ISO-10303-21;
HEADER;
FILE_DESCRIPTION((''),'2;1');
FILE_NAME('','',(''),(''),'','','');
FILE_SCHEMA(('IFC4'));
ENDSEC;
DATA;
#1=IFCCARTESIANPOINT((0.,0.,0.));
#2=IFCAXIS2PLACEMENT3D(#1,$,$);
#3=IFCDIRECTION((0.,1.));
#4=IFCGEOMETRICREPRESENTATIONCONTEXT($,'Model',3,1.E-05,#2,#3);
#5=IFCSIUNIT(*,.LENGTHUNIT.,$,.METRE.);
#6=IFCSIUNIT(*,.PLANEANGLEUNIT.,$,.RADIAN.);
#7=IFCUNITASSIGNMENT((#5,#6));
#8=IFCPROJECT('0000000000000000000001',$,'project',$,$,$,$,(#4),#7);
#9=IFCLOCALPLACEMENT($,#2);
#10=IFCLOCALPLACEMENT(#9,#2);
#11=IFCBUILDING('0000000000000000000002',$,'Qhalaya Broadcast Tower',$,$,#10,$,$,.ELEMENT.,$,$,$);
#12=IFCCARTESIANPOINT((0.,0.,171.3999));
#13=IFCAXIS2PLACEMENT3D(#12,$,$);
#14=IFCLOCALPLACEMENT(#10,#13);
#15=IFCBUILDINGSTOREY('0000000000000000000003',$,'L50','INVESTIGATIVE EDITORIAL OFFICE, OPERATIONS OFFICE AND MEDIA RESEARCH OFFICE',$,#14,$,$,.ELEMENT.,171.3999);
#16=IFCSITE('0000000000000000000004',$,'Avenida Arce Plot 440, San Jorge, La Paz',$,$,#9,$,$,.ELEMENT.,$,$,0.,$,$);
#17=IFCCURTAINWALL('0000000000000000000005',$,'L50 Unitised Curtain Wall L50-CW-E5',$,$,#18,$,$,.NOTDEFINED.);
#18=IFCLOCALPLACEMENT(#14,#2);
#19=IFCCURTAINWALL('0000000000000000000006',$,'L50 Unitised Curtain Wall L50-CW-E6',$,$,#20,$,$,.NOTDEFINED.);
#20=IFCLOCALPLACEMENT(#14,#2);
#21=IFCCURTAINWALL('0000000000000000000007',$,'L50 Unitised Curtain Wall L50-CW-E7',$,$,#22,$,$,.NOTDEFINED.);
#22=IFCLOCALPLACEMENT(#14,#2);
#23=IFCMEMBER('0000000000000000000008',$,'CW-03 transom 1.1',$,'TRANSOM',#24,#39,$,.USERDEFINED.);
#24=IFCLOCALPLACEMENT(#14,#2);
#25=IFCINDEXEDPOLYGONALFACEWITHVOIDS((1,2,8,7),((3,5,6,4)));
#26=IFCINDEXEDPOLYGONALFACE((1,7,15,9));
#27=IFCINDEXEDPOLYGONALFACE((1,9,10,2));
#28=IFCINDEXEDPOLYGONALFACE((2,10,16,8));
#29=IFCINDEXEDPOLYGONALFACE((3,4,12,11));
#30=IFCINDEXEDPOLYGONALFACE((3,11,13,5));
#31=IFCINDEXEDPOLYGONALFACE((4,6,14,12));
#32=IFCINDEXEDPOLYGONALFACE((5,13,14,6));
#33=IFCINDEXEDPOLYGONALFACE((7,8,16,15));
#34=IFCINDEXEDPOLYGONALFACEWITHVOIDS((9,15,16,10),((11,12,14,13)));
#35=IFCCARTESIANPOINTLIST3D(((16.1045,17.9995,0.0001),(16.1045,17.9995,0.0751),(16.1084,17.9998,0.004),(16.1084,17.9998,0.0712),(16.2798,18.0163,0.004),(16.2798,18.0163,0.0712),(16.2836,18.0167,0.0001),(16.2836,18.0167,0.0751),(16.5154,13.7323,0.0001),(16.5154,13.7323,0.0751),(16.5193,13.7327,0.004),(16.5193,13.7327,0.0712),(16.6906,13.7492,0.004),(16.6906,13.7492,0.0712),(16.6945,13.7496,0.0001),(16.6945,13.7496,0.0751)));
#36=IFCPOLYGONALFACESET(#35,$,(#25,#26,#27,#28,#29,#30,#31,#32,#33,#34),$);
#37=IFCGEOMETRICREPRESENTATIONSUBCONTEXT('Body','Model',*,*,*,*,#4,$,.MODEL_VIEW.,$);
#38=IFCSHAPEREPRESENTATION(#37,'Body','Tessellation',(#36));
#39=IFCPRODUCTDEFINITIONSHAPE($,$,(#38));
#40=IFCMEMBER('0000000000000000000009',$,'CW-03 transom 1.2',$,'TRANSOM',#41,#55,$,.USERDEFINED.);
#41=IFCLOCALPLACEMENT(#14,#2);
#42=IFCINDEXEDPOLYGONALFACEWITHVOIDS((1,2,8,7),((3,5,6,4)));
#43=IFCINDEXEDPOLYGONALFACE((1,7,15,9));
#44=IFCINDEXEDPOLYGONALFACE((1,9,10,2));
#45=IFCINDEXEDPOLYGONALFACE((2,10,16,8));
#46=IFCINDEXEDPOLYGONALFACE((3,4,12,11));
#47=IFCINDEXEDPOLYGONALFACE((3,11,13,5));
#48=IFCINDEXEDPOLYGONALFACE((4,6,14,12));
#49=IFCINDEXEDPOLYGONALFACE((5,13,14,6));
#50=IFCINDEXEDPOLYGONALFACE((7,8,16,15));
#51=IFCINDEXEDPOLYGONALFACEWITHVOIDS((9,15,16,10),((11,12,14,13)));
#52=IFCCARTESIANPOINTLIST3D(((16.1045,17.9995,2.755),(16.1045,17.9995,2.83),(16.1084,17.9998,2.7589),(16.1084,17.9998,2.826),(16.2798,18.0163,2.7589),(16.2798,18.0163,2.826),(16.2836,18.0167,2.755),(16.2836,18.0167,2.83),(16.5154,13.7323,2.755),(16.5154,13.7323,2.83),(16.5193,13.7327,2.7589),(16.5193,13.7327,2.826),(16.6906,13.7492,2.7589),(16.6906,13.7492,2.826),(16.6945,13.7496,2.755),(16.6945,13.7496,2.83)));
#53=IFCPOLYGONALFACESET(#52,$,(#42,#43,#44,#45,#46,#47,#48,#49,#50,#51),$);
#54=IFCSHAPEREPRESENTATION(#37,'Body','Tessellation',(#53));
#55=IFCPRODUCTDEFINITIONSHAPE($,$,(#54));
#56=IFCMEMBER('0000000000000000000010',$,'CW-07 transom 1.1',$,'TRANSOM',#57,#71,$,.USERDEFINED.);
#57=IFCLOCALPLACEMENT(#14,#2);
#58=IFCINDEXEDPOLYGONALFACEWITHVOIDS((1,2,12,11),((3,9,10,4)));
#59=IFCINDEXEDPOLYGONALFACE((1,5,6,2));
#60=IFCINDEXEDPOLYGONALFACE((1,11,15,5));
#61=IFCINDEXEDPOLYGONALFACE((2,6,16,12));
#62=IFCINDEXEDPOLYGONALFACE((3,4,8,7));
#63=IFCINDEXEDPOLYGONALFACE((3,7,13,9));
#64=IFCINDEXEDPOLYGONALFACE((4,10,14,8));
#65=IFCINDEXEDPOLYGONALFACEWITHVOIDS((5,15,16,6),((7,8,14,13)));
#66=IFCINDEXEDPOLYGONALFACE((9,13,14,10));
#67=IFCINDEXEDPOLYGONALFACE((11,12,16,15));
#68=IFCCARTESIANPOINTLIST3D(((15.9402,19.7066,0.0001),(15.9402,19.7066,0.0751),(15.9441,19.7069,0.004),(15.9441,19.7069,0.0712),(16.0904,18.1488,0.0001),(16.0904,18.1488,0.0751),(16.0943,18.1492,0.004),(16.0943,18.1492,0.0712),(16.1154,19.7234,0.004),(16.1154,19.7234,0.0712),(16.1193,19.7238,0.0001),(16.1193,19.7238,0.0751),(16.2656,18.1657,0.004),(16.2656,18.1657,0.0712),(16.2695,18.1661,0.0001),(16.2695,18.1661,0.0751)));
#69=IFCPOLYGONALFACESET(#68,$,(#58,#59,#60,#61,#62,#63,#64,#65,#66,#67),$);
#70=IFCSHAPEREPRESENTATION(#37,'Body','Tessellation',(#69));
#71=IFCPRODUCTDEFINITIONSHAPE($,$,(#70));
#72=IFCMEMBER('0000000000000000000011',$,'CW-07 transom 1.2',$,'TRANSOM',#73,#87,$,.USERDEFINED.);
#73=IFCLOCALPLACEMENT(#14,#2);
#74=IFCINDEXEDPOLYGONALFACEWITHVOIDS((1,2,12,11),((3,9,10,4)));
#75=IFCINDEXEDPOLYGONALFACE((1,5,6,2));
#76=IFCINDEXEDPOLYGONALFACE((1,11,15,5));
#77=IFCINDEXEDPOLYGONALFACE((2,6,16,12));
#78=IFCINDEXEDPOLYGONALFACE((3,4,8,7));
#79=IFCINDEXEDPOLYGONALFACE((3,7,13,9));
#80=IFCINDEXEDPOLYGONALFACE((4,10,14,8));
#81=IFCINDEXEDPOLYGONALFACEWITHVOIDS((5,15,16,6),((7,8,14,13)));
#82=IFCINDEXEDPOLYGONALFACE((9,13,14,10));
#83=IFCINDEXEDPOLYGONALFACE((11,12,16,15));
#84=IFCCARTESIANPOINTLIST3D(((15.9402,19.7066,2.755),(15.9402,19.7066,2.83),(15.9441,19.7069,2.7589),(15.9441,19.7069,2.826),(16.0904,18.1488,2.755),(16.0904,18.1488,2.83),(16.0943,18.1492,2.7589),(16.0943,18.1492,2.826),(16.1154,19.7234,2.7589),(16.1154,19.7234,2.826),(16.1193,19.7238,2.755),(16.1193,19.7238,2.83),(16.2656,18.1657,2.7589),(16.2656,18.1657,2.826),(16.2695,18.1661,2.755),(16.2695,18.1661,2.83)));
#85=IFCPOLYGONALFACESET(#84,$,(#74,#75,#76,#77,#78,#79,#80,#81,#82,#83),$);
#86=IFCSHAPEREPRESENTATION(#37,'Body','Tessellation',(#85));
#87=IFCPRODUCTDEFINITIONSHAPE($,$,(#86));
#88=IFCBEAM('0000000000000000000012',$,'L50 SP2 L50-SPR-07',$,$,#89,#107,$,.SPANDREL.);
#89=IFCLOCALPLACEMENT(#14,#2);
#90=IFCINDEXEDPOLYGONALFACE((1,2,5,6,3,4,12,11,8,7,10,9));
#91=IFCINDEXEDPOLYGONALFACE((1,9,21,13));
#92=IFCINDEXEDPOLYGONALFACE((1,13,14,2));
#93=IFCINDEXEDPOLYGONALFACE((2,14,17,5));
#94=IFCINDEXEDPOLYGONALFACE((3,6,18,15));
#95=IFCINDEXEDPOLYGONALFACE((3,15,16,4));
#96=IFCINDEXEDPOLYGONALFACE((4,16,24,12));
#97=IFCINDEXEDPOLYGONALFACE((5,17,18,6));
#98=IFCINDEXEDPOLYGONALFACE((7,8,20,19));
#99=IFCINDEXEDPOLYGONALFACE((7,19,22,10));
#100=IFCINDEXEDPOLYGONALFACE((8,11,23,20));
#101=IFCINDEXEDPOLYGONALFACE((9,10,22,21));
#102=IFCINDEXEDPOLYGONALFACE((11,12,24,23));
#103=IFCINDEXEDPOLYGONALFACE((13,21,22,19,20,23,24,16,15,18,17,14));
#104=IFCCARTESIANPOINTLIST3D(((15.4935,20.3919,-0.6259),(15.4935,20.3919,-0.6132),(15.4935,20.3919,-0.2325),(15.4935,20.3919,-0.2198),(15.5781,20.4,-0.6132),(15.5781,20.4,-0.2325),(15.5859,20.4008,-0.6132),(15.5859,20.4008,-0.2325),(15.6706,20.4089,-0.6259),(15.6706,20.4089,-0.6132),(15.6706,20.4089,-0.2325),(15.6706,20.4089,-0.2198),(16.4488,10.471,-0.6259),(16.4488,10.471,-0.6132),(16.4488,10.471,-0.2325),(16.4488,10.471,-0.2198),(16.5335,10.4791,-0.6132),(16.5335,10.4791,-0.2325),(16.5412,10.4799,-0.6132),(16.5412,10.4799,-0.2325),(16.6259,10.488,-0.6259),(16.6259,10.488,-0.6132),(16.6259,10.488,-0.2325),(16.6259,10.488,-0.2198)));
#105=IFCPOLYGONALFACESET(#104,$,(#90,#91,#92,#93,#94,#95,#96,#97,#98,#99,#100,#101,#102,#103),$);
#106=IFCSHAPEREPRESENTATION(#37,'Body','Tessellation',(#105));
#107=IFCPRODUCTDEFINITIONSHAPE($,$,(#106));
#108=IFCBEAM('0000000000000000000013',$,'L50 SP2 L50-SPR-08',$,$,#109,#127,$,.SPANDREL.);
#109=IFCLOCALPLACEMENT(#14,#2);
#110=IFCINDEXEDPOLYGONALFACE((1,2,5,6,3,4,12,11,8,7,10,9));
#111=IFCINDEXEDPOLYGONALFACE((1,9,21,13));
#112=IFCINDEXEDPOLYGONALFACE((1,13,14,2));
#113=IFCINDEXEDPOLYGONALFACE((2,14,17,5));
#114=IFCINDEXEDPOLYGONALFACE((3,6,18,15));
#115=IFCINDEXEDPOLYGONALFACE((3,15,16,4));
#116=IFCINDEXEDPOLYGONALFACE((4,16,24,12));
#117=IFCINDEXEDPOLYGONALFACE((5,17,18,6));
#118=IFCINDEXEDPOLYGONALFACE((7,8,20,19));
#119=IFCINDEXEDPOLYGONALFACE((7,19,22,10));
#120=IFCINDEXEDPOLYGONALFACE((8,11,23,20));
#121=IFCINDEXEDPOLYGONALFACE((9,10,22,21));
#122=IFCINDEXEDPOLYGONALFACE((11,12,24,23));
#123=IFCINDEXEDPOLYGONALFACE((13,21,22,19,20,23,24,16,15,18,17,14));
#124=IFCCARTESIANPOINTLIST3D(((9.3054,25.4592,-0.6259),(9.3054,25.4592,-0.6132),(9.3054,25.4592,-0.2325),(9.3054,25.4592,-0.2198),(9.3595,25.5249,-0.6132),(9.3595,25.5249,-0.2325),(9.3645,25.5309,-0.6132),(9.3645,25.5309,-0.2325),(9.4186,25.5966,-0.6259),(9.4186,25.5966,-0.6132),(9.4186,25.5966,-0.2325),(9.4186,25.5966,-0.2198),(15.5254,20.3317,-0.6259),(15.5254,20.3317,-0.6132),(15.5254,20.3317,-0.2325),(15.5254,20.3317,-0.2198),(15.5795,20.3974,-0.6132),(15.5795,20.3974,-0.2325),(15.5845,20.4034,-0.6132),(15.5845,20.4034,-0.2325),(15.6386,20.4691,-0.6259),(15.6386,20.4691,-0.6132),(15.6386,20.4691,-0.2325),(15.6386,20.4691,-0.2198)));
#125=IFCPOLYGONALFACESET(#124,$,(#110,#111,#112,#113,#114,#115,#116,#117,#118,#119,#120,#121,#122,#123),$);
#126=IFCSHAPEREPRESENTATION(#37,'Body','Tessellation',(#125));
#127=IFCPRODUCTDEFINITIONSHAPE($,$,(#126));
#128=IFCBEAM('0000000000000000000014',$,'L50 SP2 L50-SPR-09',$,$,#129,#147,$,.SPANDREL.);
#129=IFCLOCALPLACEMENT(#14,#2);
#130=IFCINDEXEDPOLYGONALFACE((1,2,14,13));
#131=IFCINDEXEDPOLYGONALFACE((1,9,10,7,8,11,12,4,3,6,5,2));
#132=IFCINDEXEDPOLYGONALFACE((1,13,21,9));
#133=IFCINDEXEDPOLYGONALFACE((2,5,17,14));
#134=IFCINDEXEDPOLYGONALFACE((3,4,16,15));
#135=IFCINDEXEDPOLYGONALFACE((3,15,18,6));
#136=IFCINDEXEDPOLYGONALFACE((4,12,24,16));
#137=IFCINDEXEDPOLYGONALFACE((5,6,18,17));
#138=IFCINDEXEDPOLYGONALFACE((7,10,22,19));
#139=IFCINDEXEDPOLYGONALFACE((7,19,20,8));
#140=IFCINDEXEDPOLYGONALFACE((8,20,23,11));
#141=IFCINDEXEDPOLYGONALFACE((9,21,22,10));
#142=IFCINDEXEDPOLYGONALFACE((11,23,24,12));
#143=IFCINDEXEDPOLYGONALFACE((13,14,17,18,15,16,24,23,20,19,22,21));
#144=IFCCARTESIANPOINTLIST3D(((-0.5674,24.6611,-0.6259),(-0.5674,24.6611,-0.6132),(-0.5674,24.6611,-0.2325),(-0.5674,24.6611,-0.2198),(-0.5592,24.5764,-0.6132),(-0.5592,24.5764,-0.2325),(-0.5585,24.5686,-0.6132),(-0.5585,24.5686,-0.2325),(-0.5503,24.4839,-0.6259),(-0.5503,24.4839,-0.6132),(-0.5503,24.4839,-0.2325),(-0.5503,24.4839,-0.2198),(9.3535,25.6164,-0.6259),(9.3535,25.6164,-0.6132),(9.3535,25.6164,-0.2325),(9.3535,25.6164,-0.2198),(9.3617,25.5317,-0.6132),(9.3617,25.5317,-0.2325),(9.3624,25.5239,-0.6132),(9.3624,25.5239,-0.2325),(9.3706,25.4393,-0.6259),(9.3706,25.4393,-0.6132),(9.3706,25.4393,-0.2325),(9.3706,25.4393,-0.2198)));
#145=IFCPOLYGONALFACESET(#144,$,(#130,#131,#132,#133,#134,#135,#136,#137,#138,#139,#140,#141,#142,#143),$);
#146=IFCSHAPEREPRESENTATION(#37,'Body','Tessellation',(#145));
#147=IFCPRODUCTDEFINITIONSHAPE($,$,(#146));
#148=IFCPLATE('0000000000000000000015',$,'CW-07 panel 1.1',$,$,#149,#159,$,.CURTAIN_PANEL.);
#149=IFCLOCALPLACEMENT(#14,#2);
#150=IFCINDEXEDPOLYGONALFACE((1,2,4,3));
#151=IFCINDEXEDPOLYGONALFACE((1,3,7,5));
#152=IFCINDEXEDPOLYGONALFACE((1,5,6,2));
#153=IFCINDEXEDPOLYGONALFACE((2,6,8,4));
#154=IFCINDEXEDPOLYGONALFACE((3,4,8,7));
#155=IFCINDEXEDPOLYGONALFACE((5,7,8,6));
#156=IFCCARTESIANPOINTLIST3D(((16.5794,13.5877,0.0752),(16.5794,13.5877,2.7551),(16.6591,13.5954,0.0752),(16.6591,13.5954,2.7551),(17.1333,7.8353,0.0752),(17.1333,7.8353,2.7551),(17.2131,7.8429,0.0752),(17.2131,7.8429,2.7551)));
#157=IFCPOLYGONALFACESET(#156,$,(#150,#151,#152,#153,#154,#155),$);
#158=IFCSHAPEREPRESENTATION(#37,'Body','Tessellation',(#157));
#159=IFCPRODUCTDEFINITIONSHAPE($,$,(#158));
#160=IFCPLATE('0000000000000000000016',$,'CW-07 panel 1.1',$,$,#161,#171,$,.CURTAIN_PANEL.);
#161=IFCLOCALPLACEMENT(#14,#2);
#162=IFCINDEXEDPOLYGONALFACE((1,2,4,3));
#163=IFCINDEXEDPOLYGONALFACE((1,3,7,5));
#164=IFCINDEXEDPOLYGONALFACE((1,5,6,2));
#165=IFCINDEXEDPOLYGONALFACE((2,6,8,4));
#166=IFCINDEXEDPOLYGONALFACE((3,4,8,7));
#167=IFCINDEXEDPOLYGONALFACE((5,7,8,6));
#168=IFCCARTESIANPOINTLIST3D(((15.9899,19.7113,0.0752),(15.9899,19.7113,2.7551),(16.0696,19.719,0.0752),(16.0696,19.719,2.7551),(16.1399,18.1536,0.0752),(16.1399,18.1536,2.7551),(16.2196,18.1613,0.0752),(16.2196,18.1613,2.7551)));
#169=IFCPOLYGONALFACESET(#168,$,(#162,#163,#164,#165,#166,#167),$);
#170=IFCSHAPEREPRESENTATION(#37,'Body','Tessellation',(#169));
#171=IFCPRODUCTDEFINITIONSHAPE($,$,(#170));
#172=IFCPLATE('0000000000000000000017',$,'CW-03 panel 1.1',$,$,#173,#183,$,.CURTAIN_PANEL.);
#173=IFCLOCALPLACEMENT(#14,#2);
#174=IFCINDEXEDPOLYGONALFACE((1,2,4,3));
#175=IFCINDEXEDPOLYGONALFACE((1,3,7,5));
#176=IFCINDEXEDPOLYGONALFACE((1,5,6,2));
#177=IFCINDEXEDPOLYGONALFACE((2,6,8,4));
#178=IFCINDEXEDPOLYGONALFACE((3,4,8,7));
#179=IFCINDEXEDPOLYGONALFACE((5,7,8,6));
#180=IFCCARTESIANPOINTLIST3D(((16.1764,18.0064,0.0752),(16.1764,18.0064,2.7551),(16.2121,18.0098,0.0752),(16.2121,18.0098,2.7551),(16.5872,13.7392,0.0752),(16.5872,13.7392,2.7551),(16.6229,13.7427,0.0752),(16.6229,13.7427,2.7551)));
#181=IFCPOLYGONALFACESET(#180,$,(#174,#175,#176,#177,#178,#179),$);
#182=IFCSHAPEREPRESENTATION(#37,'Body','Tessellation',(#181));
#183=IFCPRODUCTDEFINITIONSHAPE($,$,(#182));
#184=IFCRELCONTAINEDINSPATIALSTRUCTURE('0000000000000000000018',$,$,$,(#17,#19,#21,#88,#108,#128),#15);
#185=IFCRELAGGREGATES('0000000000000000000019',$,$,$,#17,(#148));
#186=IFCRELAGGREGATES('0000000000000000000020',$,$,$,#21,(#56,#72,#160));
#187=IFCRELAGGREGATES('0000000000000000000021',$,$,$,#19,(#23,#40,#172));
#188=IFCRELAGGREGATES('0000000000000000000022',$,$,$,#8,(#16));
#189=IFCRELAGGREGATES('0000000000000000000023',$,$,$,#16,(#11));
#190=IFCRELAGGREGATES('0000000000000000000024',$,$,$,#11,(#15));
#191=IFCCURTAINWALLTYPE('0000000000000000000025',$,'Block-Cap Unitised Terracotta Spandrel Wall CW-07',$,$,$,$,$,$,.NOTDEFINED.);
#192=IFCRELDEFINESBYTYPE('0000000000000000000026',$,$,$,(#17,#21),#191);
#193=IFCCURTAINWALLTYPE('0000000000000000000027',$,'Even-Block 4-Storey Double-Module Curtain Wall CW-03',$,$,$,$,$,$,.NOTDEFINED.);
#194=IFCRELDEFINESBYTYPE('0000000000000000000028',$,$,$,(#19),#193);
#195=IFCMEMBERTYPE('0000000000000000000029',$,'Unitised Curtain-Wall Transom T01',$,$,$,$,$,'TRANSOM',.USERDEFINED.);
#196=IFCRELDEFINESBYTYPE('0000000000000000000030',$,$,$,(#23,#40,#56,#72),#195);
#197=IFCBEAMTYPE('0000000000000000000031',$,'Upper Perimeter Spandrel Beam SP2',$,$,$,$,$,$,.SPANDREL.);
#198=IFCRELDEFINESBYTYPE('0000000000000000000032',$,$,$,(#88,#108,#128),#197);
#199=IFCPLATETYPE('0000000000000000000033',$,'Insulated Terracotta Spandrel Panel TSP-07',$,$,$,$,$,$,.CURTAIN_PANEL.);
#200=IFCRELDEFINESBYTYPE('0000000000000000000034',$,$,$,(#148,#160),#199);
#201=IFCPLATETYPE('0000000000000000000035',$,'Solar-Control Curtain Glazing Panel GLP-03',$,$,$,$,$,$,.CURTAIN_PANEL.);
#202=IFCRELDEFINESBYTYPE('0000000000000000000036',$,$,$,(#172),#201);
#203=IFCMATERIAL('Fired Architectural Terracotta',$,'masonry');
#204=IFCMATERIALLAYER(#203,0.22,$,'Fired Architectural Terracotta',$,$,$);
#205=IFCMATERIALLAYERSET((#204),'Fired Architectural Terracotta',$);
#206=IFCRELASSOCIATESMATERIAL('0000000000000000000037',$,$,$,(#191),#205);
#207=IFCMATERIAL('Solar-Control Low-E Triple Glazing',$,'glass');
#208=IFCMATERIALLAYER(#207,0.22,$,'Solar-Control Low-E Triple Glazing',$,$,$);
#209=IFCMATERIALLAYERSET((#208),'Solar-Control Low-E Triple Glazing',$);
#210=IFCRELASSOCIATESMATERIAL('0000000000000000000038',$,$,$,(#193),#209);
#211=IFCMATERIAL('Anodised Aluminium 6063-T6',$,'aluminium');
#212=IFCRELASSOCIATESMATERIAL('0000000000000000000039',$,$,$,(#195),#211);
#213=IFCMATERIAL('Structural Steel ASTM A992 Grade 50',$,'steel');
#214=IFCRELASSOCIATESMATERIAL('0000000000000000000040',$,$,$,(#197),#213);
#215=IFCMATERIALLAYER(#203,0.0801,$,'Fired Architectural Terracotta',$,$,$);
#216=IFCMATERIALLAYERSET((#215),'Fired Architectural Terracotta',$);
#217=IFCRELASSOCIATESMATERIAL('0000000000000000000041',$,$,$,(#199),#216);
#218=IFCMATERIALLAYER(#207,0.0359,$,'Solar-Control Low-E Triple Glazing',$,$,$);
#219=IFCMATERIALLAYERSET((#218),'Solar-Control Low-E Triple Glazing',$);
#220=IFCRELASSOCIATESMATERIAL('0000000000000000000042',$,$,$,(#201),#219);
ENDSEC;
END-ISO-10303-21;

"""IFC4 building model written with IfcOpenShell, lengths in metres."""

from ifc_helpers import new_model, si_unit, direction, frame, origin, origin_2d, place, context, subcontext, project, spatial, rectangle, hollow_rectangle, i_section, extrude, material, layer, layer_set, material_profile, profile_set, type_object, element, aggregate, save


model = new_model("IFC4")

# Units and contexts
model_context = context("Model", 3, precision=1e-05, world=origin(), true_north=direction((0.0, 1.0)))
body_context = subcontext(model_context, "Body", "Model", "MODEL_VIEW")
ifc_project = project(units=[si_unit("LENGTHUNIT", "METRE"), si_unit("PLANEANGLEUNIT", "RADIAN")], contexts=[model_context])

# Site, building, storey
site_placement = place(None, origin())
site = spatial("IfcSite", under=ifc_project, at=site_placement, Name="Avenida Arce Plot 440, San Jorge, La Paz", CompositionType="ELEMENT", RefElevation=0.0)
building_placement = place(site_placement, origin())
building = spatial("IfcBuilding", under=site, at=building_placement, Name="Qhalaya Broadcast Tower", CompositionType="ELEMENT")
storey_placement = place(building_placement, frame((0.0, 0.0, 171.3999)))
storey = spatial("IfcBuildingStorey", under=building, at=storey_placement, Name="L50", Description="INVESTIGATIVE EDITORIAL OFFICE, OPERATIONS OFFICE AND MEDIA RESEARCH OFFICE", CompositionType="ELEMENT", Elevation=171.3999)

# Shared definitions
ifc_material_1 = material(Name="Structural Steel ASTM A992 Grade 50", Category="steel")

# Curtain wall
ifc_material_2 = material(Name="Fired Architectural Terracotta", Category="masonry")
ifc_layer_1 = layer(ifc_material_2, 0.22, Name="Fired Architectural Terracotta")
ifc_layer_set_1 = layer_set([ifc_layer_1], Name="Fired Architectural Terracotta")
curtain_wall_type_1 = type_object("IfcCurtainWallType", Name="Block-Cap Unitised Terracotta Spandrel Wall CW-07", PredefinedType="NOTDEFINED", material=ifc_layer_set_1)
curtain_wall_1_placement = place(storey_placement, origin())
curtain_wall_1 = element("IfcCurtainWall", 1, at=curtain_wall_1_placement, inside=storey, type_object=curtain_wall_type_1, Name="L50 Unitised Curtain Wall L50-CW-E5", PredefinedType="NOTDEFINED")
ifc_material_3 = material(Name="Anodised Aluminium 6063-T6", Category="aluminium")

# Curtain walls
ifc_material_4 = material(Name="Solar-Control Low-E Triple Glazing", Category="glass")
ifc_layer_2 = layer(ifc_material_4, 0.22, Name="Solar-Control Low-E Triple Glazing")
ifc_layer_set_2 = layer_set([ifc_layer_2], Name="Solar-Control Low-E Triple Glazing")
curtain_wall_type_2 = type_object("IfcCurtainWallType", Name="Even-Block 4-Storey Double-Module Curtain Wall CW-03", PredefinedType="NOTDEFINED", material=ifc_layer_set_2)
curtain_wall_2_placement = place(storey_placement, origin())
curtain_wall_2 = element("IfcCurtainWall", 2, at=curtain_wall_2_placement, inside=storey, type_object=curtain_wall_type_2, Name="L50 Unitised Curtain Wall L50-CW-E6", PredefinedType="NOTDEFINED")
curtain_wall_3_placement = place(storey_placement, origin())
curtain_wall_3 = element("IfcCurtainWall", 3, at=curtain_wall_3_placement, inside=storey, type_object=curtain_wall_type_1, Name="L50 Unitised Curtain Wall L50-CW-E7", PredefinedType="NOTDEFINED")

# Members
ifc_material_profile_1 = material_profile(ifc_material_3, hollow_rectangle(XDim=0.075, YDim=0.1799, WallThickness=0.0039, at=origin_2d()), Name="ALU-TRN 75x180x4")
ifc_profile_set_1 = profile_set([ifc_material_profile_1], Name="Anodised Aluminium 6063-T6")
member_type_1 = type_object("IfcMemberType", Name="Unitised Curtain-Wall Transom T01", ElementType="TRANSOM", PredefinedType="USERDEFINED", material=ifc_profile_set_1)
member_1_placement = place(storey_placement, frame((16.605, 13.741, 0.0376), z_axis=(-0.095849, 0.995396, 0.0), x_axis=(0.0, 0.0, 1.0)))
member_1 = element("IfcMember", 4, at=member_1_placement, type_object=member_type_1, Name="CW-03 transom 1.1", ObjectType="TRANSOM", PredefinedType="USERDEFINED", context=body_context, shape_type="SweptSolid", body=[
    extrude(hollow_rectangle(XDim=0.075, YDim=0.1799, WallThickness=0.0039, at=origin_2d()), origin(), (0.0, 0.0, 1.0), 4.2869),
])
member_2_placement = place(storey_placement, frame((16.605, 13.741, 2.7925), z_axis=(-0.095849, 0.995396, 0.0), x_axis=(0.0, 0.0, 1.0)))
member_2 = element("IfcMember", 5, at=member_2_placement, type_object=member_type_1, Name="CW-03 transom 1.2", ObjectType="TRANSOM", PredefinedType="USERDEFINED", context=body_context, shape_type="SweptSolid", body=[
    extrude(hollow_rectangle(XDim=0.075, YDim=0.1799, WallThickness=0.0039, at=origin_2d()), origin(), (0.0, 0.0, 1.0), 4.2869),
])
member_3_placement = place(storey_placement, frame((16.1799, 18.1575, 0.0376), z_axis=(-0.09595, 0.995386, 0.0), x_axis=(0.0, 0.0, 1.0)))
member_3 = element("IfcMember", 6, at=member_3_placement, type_object=member_type_1, Name="CW-07 transom 1.1", ObjectType="TRANSOM", PredefinedType="USERDEFINED", context=body_context, shape_type="SweptSolid", body=[
    extrude(hollow_rectangle(XDim=0.075, YDim=0.1799, WallThickness=0.0039, at=origin_2d()), origin(), (0.0, 0.0, 1.0), 1.5649),
])
member_4_placement = place(storey_placement, frame((16.1799, 18.1575, 2.7925), z_axis=(-0.09595, 0.995386, 0.0), x_axis=(0.0, 0.0, 1.0)))
member_4 = element("IfcMember", 7, at=member_4_placement, type_object=member_type_1, Name="CW-07 transom 1.2", ObjectType="TRANSOM", PredefinedType="USERDEFINED", context=body_context, shape_type="SweptSolid", body=[
    extrude(hollow_rectangle(XDim=0.075, YDim=0.1799, WallThickness=0.0039, at=origin_2d()), origin(), (0.0, 0.0, 1.0), 1.5649),
])

# Beams
ifc_material_profile_2 = material_profile(ifc_material_1, i_section(OverallWidth=0.178, OverallDepth=0.406, WebThickness=0.0078, FlangeThickness=0.0127, at=origin_2d()), Name="W16X40")
ifc_profile_set_2 = profile_set([ifc_material_profile_2], Name="Structural Steel ASTM A992 Grade 50")
beam_type_1 = type_object("IfcBeamType", Name="Upper Perimeter Spandrel Beam SP2", PredefinedType="SPANDREL", material=ifc_profile_set_2)
beam_1_placement = place(storey_placement, frame((16.5374, 10.4795, -0.4229), z_axis=(-0.095851, 0.995396, 0.0), x_axis=(-0.995396, -0.095851, 0.0)))
element("IfcBeam", 8, at=beam_1_placement, inside=storey, type_object=beam_type_1, Name="L50 SP2 L50-SPR-07", PredefinedType="SPANDREL", context=body_context, shape_type="SweptSolid", body=[
    extrude(i_section(OverallWidth=0.178, OverallDepth=0.406, WebThickness=0.0078, FlangeThickness=0.0127, at=origin_2d()), origin(), (0.0, 0.0, 1.0), 9.9668),
])
beam_2_placement = place(storey_placement, frame((15.582, 20.4004, -0.4229), z_axis=(-0.771619, 0.636085, 0.0), x_axis=(-0.636085, -0.771619, 0.0)))
element("IfcBeam", 9, at=beam_2_placement, inside=storey, type_object=beam_type_1, Name="L50 SP2 L50-SPR-08", PredefinedType="SPANDREL", context=body_context, shape_type="SweptSolid", body=[
    extrude(i_section(OverallWidth=0.178, OverallDepth=0.406, WebThickness=0.0078, FlangeThickness=0.0127, at=origin_2d()), origin(), (0.0, 0.0, 1.0), 8.061),
])
beam_3_placement = place(storey_placement, frame((9.3621, 25.5278, -0.4229), z_axis=(-0.995396, -0.095851, 0.0), x_axis=(0.095851, -0.995396, 0.0)))
element("IfcBeam", 10, at=beam_3_placement, inside=storey, type_object=beam_type_1, Name="L50 SP2 L50-SPR-09", PredefinedType="SPANDREL", context=body_context, shape_type="SweptSolid", body=[
    extrude(i_section(OverallWidth=0.178, OverallDepth=0.406, WebThickness=0.0078, FlangeThickness=0.0127, at=origin_2d()), origin(), (0.0, 0.0, 1.0), 9.9668),
])

# Plates
ifc_layer_3 = layer(ifc_material_2, 0.0801, Name="Fired Architectural Terracotta")
ifc_layer_set_3 = layer_set([ifc_layer_3], Name="Fired Architectural Terracotta")
plate_type_1 = type_object("IfcPlateType", Name="Insulated Terracotta Spandrel Panel TSP-07", PredefinedType="CURTAIN_PANEL", material=ifc_layer_set_3)
plate_1_placement = place(storey_placement, frame((16.8962, 10.7153, 0.0752), z_axis=(0.0, 0.0, 1.0), x_axis=(-0.095849, 0.995396, 0.0)))
plate_1 = element("IfcPlate", 11, at=plate_1_placement, type_object=plate_type_1, Name="CW-07 panel 1.1", PredefinedType="CURTAIN_PANEL", context=body_context, shape_type="SweptSolid", body=[
    extrude(rectangle(XDim=5.7791, YDim=0.0801, at=origin_2d()), origin(), (0.0, 0.0, 1.0), 2.6799),
])
aggregate(curtain_wall_1, [plate_1])
plate_2_placement = place(storey_placement, frame((16.1047, 18.9363, 0.0752), z_axis=(0.0, 0.0, 1.0), x_axis=(-0.09586, 0.995395, 0.0)))
plate_2 = element("IfcPlate", 12, at=plate_2_placement, type_object=plate_type_1, Name="CW-07 panel 1.1", PredefinedType="CURTAIN_PANEL", context=body_context, shape_type="SweptSolid", body=[
    extrude(rectangle(XDim=1.5649, YDim=0.0801, at=origin_2d()), origin(), (0.0, 0.0, 1.0), 2.6799),
])
aggregate(curtain_wall_3, [member_3, member_4, plate_2])
ifc_layer_4 = layer(ifc_material_4, 0.0359, Name="Solar-Control Low-E Triple Glazing")
ifc_layer_set_4 = layer_set([ifc_layer_4], Name="Solar-Control Low-E Triple Glazing")
plate_type_2 = type_object("IfcPlateType", Name="Solar-Control Curtain Glazing Panel GLP-03", PredefinedType="CURTAIN_PANEL", material=ifc_layer_set_4)
plate_3_placement = place(storey_placement, frame((16.3997, 15.8745, 0.0752), z_axis=(0.0, 0.0, 1.0), x_axis=(-0.095832, 0.995398, 0.0)))
plate_3 = element("IfcPlate", 13, at=plate_3_placement, type_object=plate_type_2, Name="CW-03 panel 1.1", PredefinedType="CURTAIN_PANEL", context=body_context, shape_type="SweptSolid", body=[
    extrude(rectangle(XDim=4.2869, YDim=0.0359, at=origin_2d()), origin(), (0.0, 0.0, 1.0), 2.6799),
])
aggregate(curtain_wall_2, [member_1, member_2, plate_3])

save(model, "model.ifc")
